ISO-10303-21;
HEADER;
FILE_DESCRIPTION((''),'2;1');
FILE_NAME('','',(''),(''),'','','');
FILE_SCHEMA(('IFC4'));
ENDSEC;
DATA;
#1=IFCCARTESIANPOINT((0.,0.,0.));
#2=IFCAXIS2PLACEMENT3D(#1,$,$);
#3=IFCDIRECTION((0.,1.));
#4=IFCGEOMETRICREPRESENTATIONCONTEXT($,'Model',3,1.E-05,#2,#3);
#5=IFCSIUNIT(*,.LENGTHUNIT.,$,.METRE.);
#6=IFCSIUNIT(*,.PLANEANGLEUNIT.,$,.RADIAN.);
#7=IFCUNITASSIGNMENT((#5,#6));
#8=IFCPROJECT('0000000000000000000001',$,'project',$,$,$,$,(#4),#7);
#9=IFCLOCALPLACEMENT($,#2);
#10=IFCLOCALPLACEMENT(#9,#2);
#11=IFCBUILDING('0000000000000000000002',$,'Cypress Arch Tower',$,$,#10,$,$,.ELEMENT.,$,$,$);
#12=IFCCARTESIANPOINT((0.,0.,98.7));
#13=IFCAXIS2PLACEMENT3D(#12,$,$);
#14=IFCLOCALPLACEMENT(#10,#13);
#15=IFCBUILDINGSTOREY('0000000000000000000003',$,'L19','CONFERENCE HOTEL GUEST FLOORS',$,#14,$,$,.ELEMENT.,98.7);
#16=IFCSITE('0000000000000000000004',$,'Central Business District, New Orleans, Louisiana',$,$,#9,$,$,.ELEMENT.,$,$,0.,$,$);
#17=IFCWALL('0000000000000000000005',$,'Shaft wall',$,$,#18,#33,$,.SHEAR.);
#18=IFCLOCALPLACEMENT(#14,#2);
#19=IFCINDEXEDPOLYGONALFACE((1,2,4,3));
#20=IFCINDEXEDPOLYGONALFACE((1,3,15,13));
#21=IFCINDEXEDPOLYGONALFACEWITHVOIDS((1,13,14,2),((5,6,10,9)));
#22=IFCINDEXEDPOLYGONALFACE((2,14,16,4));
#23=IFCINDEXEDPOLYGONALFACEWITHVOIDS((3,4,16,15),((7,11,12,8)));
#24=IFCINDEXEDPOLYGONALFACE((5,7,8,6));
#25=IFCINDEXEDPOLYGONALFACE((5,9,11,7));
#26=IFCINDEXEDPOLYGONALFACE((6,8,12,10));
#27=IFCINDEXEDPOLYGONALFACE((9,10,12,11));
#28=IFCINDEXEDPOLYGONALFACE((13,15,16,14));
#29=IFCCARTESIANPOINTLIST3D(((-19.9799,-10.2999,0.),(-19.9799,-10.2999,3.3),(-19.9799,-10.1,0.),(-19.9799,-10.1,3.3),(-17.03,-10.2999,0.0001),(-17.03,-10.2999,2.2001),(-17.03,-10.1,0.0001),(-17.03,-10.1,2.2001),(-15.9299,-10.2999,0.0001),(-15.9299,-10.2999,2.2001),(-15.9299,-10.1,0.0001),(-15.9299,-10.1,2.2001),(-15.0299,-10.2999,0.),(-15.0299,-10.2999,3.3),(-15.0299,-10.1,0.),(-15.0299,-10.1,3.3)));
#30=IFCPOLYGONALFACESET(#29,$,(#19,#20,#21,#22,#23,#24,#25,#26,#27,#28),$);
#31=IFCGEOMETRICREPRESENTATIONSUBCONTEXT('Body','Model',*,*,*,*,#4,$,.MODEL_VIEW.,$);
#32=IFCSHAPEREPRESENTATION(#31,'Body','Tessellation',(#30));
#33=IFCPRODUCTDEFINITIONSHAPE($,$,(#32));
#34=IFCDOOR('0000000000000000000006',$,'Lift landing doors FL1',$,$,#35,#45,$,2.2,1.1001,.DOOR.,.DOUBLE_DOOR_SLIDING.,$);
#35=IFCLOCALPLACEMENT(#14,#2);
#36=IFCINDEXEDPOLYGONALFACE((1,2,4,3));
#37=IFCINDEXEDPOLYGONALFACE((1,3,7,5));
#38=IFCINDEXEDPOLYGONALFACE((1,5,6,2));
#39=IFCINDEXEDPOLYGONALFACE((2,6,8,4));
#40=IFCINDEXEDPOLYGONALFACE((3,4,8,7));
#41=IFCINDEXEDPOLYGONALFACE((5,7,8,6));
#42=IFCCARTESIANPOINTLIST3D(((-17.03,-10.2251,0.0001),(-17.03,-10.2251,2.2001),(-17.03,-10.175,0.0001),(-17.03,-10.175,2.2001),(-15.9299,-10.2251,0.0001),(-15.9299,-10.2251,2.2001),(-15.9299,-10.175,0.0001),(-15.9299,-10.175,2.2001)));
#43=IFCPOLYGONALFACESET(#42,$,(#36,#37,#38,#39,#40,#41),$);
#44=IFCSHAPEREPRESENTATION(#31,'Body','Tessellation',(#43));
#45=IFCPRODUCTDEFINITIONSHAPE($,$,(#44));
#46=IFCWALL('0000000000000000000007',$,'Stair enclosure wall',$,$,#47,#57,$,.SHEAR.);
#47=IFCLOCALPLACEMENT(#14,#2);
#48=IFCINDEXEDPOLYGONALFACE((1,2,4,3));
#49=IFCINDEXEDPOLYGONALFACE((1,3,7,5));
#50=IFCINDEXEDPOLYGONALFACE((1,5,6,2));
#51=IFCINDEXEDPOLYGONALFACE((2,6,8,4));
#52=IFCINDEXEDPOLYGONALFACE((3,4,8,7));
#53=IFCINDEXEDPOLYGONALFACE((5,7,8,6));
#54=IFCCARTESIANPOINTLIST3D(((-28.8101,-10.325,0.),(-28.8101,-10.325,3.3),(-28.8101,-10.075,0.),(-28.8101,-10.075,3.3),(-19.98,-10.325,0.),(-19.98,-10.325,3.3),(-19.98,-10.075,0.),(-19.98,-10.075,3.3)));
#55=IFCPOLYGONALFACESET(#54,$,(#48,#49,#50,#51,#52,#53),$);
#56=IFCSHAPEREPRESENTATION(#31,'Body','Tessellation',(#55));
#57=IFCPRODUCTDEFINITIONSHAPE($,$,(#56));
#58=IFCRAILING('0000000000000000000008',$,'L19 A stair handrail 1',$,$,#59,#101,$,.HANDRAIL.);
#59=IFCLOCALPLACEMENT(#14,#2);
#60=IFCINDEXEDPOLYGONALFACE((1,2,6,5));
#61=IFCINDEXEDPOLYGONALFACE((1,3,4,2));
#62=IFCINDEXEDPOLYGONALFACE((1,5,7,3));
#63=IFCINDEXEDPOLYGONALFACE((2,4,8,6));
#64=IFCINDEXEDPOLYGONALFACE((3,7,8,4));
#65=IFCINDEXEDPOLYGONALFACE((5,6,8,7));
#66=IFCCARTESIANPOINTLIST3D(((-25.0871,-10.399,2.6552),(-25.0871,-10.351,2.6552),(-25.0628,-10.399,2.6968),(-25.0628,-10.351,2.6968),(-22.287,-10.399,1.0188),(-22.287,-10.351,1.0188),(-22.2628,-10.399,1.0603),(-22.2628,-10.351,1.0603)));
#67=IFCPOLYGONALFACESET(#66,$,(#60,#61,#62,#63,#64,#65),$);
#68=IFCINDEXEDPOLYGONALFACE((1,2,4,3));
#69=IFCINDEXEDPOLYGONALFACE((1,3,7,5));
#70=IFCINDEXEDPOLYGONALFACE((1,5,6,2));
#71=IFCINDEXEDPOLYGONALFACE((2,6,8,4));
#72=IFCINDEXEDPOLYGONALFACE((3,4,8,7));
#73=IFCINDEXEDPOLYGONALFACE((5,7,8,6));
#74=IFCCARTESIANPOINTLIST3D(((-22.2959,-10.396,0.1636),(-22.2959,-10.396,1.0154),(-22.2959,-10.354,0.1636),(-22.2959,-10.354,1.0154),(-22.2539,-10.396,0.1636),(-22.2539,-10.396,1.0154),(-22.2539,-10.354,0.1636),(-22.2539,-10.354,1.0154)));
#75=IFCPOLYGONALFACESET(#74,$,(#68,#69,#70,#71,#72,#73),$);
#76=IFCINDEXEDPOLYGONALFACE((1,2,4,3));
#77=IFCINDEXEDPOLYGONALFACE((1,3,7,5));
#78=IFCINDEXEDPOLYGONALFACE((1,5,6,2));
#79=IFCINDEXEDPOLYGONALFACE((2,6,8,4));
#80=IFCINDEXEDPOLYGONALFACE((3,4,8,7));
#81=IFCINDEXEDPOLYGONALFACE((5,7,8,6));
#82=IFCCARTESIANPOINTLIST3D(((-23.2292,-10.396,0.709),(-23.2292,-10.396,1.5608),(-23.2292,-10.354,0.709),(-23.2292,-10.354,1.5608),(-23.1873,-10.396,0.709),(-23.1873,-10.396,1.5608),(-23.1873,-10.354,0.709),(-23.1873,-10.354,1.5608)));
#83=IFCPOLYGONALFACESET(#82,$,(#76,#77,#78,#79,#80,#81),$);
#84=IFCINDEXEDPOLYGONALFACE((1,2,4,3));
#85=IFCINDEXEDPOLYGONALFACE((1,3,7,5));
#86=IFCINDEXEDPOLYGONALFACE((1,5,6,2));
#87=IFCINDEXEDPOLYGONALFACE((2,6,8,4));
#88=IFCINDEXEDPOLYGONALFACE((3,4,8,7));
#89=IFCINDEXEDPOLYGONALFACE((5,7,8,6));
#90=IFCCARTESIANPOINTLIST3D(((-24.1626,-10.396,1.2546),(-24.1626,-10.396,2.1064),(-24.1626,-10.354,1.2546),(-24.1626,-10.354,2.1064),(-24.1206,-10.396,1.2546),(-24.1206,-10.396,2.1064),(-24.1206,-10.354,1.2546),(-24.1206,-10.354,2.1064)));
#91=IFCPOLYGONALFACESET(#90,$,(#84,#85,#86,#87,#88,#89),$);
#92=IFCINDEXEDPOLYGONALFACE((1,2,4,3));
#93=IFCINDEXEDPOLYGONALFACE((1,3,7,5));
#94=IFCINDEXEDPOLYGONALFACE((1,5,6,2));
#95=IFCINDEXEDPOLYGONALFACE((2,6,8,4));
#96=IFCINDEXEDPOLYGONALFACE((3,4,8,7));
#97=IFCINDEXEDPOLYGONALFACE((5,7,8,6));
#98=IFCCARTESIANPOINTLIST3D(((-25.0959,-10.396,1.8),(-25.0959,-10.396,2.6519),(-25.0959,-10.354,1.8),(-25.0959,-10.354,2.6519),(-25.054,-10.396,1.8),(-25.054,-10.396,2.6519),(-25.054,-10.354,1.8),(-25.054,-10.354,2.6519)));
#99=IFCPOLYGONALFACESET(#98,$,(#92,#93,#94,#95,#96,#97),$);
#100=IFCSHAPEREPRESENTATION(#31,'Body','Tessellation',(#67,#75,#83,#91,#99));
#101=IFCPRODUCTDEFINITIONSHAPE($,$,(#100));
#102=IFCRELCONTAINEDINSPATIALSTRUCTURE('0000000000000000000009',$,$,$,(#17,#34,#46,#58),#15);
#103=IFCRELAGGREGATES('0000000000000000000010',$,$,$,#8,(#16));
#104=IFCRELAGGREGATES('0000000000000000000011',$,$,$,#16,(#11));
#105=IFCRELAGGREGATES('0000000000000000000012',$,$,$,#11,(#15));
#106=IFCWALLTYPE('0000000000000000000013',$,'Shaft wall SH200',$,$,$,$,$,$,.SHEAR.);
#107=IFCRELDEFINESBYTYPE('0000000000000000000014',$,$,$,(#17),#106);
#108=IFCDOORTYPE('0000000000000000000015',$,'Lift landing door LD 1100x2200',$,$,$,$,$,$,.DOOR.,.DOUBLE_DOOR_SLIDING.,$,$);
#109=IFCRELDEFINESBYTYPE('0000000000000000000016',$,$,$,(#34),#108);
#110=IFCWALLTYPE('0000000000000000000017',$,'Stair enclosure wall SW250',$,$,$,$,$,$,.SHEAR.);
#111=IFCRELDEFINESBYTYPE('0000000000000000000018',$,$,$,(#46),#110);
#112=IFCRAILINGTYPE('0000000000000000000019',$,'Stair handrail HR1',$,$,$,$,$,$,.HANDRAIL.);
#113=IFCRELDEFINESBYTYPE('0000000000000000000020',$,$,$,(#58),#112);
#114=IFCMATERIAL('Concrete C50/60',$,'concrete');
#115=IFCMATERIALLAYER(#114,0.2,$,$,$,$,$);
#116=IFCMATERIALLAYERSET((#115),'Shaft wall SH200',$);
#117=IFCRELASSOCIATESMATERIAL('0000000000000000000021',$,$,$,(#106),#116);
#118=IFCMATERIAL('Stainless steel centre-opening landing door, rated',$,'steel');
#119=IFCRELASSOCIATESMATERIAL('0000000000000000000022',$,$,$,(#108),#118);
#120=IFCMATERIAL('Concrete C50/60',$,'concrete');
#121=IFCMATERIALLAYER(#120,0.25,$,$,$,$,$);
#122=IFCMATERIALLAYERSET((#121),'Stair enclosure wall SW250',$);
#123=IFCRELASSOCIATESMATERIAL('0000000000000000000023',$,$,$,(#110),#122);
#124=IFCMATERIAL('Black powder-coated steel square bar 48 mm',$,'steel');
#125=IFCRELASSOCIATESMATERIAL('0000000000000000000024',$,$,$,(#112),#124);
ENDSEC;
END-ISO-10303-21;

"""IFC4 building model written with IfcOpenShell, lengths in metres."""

from ifc_helpers import new_model, si_unit, direction, frame, frame_2d, origin, origin_2d, place, context, subcontext, project, spatial, rectangle, extrude, material, layer, layer_set, type_object, element, fill, save


model = new_model("IFC4")

# Units and contexts
model_context = context("Model", 3, precision=1e-05, world=origin(), true_north=direction((0.0, 1.0)))
body_context = subcontext(model_context, "Body", "Model", "MODEL_VIEW")
ifc_project = project(units=[si_unit("LENGTHUNIT", "METRE"), si_unit("PLANEANGLEUNIT", "RADIAN")], contexts=[model_context])

# Site, building, storey
site_placement = place(None, origin())
site = spatial("IfcSite", under=ifc_project, at=site_placement, Name="Central Business District, New Orleans, Louisiana", CompositionType="ELEMENT", RefElevation=0.0)
building_placement = place(site_placement, origin())
building = spatial("IfcBuilding", under=site, at=building_placement, Name="Cypress Arch Tower", CompositionType="ELEMENT")
storey_placement = place(building_placement, frame((0.0, 0.0, 98.7)))
storey = spatial("IfcBuildingStorey", under=building, at=storey_placement, Name="L19", Description="CONFERENCE HOTEL GUEST FLOORS", CompositionType="ELEMENT", Elevation=98.7)

# Shared definitions
ifc_material_1 = material(Name="Concrete C50/60", Category="concrete")
ifc_layer_1 = layer(ifc_material_1, 0.2)
ifc_layer_set_1 = layer_set([ifc_layer_1], Name="Shaft wall SH200")
wall_type_1 = type_object("IfcWallType", Name="Shaft wall SH200", PredefinedType="SHEAR", material=ifc_layer_set_1)
ifc_material_2 = material(Name="Stainless steel centre-opening landing door, rated", Category="steel")
door_type = type_object("IfcDoorType", Name="Lift landing door LD 1100x2200", OperationType="DOUBLE_DOOR_SLIDING", PredefinedType="DOOR", material=ifc_material_2)

# Wall, opening, door
wall_1_placement = place(storey_placement, frame((-19.98, -10.2, 0.0), z_axis=(0.0, 0.0, 1.0), x_axis=(1.0, 0.0, 0.0)))
wall_1 = element("IfcWall", 1, at=wall_1_placement, inside=storey, type_object=wall_type_1, Name="Shaft wall", PredefinedType="SHEAR", context=body_context, shape_type="SweptSolid", body=[
    extrude(rectangle(XDim=4.95, YDim=0.2, at=frame_2d((2.4751, 0.0))), origin(), (0.0, 0.0, 1.0), 3.3),
])
opening_1_placement = place(wall_1_placement, frame((2.95, 0.0, 0.0)))
opening_1 = element("IfcOpeningElement", 2, at=opening_1_placement, cuts=wall_1, PredefinedType="OPENING", context=body_context, shape_type="SweptSolid", body=[
    extrude(rectangle(XDim=1.1001, YDim=2.2, at=frame_2d((0.55, 1.1001))), frame((0.0, 0.1099, 0.0), z_axis=(0.0, -1.0, 0.0), x_axis=(1.0, 0.0, 0.0)), (0.0, 0.0, 1.0), 0.22),
])
door_1_placement = place(opening_1_placement, origin())
door_1 = element("IfcDoor", 3, at=door_1_placement, inside=storey, type_object=door_type, Name="Lift landing doors FL1", OperationType="DOUBLE_DOOR_SLIDING", OverallHeight=2.2, OverallWidth=1.1001, PredefinedType="DOOR", context=body_context, shape_type="SweptSolid", body=[
    extrude(rectangle(XDim=1.1001, YDim=2.2, at=frame_2d((0.55, 1.1001))), frame((0.0, 0.0249, 0.0), z_axis=(0.0, -1.0, 0.0), x_axis=(1.0, 0.0, 0.0)), (0.0, 0.0, 1.0), 0.05),
])
fill(opening_1, door_1)

# Wall
ifc_material_3 = material(Name="Concrete C50/60", Category="concrete")
ifc_layer_2 = layer(ifc_material_3, 0.25)
ifc_layer_set_2 = layer_set([ifc_layer_2], Name="Stair enclosure wall SW250")
wall_type_2 = type_object("IfcWallType", Name="Stair enclosure wall SW250", PredefinedType="SHEAR", material=ifc_layer_set_2)
wall_2_placement = place(storey_placement, frame((-28.8101, -10.2, 0.0), z_axis=(0.0, 0.0, 1.0), x_axis=(1.0, 0.0, 0.0)))
element("IfcWall", 4, at=wall_2_placement, inside=storey, type_object=wall_type_2, Name="Stair enclosure wall", PredefinedType="SHEAR", context=body_context, shape_type="SweptSolid", body=[
    extrude(rectangle(XDim=8.8301, YDim=0.25, at=frame_2d((4.415, 0.0))), origin(), (0.0, 0.0, 1.0), 3.3),
])

# Railing
ifc_material_4 = material(Name="Black powder-coated steel square bar 48 mm", Category="steel")
railing_type = type_object("IfcRailingType", Name="Stair handrail HR1", PredefinedType="HANDRAIL", material=ifc_material_4)
railing_placement = place(storey_placement, frame((-22.2749, -10.375, 0.1636)))
element("IfcRailing", 5, at=railing_placement, inside=storey, type_object=railing_type, Name="L19 A stair handrail 1", PredefinedType="HANDRAIL", context=body_context, shape_type="SweptSolid", body=[
    extrude(rectangle(XDim=0.0481, YDim=0.0481, at=origin_2d()), frame((0.0, 0.0, 0.876), z_axis=(-0.863361, 0.0, 0.504587), x_axis=(0.0, -1.0, 0.0)), (0.0, 0.0, 1.0), 3.2432),
    extrude(rectangle(XDim=0.042, YDim=0.042, at=origin_2d()), origin(), (0.0, 0.0, 1.0), 0.8518),
    extrude(rectangle(XDim=0.042, YDim=0.042, at=origin_2d()), frame((-0.9333, 0.0, 0.5454)), (0.0, 0.0, 1.0), 0.8518),
    extrude(rectangle(XDim=0.042, YDim=0.042, at=origin_2d()), frame((-1.8667, 0.0, 1.0911)), (0.0, 0.0, 1.0), 0.8518),
    extrude(rectangle(XDim=0.042, YDim=0.042, at=origin_2d()), frame((-2.8, 0.0, 1.6365)), (0.0, 0.0, 1.0), 0.8518),
])

save(model, "model.ifc")
